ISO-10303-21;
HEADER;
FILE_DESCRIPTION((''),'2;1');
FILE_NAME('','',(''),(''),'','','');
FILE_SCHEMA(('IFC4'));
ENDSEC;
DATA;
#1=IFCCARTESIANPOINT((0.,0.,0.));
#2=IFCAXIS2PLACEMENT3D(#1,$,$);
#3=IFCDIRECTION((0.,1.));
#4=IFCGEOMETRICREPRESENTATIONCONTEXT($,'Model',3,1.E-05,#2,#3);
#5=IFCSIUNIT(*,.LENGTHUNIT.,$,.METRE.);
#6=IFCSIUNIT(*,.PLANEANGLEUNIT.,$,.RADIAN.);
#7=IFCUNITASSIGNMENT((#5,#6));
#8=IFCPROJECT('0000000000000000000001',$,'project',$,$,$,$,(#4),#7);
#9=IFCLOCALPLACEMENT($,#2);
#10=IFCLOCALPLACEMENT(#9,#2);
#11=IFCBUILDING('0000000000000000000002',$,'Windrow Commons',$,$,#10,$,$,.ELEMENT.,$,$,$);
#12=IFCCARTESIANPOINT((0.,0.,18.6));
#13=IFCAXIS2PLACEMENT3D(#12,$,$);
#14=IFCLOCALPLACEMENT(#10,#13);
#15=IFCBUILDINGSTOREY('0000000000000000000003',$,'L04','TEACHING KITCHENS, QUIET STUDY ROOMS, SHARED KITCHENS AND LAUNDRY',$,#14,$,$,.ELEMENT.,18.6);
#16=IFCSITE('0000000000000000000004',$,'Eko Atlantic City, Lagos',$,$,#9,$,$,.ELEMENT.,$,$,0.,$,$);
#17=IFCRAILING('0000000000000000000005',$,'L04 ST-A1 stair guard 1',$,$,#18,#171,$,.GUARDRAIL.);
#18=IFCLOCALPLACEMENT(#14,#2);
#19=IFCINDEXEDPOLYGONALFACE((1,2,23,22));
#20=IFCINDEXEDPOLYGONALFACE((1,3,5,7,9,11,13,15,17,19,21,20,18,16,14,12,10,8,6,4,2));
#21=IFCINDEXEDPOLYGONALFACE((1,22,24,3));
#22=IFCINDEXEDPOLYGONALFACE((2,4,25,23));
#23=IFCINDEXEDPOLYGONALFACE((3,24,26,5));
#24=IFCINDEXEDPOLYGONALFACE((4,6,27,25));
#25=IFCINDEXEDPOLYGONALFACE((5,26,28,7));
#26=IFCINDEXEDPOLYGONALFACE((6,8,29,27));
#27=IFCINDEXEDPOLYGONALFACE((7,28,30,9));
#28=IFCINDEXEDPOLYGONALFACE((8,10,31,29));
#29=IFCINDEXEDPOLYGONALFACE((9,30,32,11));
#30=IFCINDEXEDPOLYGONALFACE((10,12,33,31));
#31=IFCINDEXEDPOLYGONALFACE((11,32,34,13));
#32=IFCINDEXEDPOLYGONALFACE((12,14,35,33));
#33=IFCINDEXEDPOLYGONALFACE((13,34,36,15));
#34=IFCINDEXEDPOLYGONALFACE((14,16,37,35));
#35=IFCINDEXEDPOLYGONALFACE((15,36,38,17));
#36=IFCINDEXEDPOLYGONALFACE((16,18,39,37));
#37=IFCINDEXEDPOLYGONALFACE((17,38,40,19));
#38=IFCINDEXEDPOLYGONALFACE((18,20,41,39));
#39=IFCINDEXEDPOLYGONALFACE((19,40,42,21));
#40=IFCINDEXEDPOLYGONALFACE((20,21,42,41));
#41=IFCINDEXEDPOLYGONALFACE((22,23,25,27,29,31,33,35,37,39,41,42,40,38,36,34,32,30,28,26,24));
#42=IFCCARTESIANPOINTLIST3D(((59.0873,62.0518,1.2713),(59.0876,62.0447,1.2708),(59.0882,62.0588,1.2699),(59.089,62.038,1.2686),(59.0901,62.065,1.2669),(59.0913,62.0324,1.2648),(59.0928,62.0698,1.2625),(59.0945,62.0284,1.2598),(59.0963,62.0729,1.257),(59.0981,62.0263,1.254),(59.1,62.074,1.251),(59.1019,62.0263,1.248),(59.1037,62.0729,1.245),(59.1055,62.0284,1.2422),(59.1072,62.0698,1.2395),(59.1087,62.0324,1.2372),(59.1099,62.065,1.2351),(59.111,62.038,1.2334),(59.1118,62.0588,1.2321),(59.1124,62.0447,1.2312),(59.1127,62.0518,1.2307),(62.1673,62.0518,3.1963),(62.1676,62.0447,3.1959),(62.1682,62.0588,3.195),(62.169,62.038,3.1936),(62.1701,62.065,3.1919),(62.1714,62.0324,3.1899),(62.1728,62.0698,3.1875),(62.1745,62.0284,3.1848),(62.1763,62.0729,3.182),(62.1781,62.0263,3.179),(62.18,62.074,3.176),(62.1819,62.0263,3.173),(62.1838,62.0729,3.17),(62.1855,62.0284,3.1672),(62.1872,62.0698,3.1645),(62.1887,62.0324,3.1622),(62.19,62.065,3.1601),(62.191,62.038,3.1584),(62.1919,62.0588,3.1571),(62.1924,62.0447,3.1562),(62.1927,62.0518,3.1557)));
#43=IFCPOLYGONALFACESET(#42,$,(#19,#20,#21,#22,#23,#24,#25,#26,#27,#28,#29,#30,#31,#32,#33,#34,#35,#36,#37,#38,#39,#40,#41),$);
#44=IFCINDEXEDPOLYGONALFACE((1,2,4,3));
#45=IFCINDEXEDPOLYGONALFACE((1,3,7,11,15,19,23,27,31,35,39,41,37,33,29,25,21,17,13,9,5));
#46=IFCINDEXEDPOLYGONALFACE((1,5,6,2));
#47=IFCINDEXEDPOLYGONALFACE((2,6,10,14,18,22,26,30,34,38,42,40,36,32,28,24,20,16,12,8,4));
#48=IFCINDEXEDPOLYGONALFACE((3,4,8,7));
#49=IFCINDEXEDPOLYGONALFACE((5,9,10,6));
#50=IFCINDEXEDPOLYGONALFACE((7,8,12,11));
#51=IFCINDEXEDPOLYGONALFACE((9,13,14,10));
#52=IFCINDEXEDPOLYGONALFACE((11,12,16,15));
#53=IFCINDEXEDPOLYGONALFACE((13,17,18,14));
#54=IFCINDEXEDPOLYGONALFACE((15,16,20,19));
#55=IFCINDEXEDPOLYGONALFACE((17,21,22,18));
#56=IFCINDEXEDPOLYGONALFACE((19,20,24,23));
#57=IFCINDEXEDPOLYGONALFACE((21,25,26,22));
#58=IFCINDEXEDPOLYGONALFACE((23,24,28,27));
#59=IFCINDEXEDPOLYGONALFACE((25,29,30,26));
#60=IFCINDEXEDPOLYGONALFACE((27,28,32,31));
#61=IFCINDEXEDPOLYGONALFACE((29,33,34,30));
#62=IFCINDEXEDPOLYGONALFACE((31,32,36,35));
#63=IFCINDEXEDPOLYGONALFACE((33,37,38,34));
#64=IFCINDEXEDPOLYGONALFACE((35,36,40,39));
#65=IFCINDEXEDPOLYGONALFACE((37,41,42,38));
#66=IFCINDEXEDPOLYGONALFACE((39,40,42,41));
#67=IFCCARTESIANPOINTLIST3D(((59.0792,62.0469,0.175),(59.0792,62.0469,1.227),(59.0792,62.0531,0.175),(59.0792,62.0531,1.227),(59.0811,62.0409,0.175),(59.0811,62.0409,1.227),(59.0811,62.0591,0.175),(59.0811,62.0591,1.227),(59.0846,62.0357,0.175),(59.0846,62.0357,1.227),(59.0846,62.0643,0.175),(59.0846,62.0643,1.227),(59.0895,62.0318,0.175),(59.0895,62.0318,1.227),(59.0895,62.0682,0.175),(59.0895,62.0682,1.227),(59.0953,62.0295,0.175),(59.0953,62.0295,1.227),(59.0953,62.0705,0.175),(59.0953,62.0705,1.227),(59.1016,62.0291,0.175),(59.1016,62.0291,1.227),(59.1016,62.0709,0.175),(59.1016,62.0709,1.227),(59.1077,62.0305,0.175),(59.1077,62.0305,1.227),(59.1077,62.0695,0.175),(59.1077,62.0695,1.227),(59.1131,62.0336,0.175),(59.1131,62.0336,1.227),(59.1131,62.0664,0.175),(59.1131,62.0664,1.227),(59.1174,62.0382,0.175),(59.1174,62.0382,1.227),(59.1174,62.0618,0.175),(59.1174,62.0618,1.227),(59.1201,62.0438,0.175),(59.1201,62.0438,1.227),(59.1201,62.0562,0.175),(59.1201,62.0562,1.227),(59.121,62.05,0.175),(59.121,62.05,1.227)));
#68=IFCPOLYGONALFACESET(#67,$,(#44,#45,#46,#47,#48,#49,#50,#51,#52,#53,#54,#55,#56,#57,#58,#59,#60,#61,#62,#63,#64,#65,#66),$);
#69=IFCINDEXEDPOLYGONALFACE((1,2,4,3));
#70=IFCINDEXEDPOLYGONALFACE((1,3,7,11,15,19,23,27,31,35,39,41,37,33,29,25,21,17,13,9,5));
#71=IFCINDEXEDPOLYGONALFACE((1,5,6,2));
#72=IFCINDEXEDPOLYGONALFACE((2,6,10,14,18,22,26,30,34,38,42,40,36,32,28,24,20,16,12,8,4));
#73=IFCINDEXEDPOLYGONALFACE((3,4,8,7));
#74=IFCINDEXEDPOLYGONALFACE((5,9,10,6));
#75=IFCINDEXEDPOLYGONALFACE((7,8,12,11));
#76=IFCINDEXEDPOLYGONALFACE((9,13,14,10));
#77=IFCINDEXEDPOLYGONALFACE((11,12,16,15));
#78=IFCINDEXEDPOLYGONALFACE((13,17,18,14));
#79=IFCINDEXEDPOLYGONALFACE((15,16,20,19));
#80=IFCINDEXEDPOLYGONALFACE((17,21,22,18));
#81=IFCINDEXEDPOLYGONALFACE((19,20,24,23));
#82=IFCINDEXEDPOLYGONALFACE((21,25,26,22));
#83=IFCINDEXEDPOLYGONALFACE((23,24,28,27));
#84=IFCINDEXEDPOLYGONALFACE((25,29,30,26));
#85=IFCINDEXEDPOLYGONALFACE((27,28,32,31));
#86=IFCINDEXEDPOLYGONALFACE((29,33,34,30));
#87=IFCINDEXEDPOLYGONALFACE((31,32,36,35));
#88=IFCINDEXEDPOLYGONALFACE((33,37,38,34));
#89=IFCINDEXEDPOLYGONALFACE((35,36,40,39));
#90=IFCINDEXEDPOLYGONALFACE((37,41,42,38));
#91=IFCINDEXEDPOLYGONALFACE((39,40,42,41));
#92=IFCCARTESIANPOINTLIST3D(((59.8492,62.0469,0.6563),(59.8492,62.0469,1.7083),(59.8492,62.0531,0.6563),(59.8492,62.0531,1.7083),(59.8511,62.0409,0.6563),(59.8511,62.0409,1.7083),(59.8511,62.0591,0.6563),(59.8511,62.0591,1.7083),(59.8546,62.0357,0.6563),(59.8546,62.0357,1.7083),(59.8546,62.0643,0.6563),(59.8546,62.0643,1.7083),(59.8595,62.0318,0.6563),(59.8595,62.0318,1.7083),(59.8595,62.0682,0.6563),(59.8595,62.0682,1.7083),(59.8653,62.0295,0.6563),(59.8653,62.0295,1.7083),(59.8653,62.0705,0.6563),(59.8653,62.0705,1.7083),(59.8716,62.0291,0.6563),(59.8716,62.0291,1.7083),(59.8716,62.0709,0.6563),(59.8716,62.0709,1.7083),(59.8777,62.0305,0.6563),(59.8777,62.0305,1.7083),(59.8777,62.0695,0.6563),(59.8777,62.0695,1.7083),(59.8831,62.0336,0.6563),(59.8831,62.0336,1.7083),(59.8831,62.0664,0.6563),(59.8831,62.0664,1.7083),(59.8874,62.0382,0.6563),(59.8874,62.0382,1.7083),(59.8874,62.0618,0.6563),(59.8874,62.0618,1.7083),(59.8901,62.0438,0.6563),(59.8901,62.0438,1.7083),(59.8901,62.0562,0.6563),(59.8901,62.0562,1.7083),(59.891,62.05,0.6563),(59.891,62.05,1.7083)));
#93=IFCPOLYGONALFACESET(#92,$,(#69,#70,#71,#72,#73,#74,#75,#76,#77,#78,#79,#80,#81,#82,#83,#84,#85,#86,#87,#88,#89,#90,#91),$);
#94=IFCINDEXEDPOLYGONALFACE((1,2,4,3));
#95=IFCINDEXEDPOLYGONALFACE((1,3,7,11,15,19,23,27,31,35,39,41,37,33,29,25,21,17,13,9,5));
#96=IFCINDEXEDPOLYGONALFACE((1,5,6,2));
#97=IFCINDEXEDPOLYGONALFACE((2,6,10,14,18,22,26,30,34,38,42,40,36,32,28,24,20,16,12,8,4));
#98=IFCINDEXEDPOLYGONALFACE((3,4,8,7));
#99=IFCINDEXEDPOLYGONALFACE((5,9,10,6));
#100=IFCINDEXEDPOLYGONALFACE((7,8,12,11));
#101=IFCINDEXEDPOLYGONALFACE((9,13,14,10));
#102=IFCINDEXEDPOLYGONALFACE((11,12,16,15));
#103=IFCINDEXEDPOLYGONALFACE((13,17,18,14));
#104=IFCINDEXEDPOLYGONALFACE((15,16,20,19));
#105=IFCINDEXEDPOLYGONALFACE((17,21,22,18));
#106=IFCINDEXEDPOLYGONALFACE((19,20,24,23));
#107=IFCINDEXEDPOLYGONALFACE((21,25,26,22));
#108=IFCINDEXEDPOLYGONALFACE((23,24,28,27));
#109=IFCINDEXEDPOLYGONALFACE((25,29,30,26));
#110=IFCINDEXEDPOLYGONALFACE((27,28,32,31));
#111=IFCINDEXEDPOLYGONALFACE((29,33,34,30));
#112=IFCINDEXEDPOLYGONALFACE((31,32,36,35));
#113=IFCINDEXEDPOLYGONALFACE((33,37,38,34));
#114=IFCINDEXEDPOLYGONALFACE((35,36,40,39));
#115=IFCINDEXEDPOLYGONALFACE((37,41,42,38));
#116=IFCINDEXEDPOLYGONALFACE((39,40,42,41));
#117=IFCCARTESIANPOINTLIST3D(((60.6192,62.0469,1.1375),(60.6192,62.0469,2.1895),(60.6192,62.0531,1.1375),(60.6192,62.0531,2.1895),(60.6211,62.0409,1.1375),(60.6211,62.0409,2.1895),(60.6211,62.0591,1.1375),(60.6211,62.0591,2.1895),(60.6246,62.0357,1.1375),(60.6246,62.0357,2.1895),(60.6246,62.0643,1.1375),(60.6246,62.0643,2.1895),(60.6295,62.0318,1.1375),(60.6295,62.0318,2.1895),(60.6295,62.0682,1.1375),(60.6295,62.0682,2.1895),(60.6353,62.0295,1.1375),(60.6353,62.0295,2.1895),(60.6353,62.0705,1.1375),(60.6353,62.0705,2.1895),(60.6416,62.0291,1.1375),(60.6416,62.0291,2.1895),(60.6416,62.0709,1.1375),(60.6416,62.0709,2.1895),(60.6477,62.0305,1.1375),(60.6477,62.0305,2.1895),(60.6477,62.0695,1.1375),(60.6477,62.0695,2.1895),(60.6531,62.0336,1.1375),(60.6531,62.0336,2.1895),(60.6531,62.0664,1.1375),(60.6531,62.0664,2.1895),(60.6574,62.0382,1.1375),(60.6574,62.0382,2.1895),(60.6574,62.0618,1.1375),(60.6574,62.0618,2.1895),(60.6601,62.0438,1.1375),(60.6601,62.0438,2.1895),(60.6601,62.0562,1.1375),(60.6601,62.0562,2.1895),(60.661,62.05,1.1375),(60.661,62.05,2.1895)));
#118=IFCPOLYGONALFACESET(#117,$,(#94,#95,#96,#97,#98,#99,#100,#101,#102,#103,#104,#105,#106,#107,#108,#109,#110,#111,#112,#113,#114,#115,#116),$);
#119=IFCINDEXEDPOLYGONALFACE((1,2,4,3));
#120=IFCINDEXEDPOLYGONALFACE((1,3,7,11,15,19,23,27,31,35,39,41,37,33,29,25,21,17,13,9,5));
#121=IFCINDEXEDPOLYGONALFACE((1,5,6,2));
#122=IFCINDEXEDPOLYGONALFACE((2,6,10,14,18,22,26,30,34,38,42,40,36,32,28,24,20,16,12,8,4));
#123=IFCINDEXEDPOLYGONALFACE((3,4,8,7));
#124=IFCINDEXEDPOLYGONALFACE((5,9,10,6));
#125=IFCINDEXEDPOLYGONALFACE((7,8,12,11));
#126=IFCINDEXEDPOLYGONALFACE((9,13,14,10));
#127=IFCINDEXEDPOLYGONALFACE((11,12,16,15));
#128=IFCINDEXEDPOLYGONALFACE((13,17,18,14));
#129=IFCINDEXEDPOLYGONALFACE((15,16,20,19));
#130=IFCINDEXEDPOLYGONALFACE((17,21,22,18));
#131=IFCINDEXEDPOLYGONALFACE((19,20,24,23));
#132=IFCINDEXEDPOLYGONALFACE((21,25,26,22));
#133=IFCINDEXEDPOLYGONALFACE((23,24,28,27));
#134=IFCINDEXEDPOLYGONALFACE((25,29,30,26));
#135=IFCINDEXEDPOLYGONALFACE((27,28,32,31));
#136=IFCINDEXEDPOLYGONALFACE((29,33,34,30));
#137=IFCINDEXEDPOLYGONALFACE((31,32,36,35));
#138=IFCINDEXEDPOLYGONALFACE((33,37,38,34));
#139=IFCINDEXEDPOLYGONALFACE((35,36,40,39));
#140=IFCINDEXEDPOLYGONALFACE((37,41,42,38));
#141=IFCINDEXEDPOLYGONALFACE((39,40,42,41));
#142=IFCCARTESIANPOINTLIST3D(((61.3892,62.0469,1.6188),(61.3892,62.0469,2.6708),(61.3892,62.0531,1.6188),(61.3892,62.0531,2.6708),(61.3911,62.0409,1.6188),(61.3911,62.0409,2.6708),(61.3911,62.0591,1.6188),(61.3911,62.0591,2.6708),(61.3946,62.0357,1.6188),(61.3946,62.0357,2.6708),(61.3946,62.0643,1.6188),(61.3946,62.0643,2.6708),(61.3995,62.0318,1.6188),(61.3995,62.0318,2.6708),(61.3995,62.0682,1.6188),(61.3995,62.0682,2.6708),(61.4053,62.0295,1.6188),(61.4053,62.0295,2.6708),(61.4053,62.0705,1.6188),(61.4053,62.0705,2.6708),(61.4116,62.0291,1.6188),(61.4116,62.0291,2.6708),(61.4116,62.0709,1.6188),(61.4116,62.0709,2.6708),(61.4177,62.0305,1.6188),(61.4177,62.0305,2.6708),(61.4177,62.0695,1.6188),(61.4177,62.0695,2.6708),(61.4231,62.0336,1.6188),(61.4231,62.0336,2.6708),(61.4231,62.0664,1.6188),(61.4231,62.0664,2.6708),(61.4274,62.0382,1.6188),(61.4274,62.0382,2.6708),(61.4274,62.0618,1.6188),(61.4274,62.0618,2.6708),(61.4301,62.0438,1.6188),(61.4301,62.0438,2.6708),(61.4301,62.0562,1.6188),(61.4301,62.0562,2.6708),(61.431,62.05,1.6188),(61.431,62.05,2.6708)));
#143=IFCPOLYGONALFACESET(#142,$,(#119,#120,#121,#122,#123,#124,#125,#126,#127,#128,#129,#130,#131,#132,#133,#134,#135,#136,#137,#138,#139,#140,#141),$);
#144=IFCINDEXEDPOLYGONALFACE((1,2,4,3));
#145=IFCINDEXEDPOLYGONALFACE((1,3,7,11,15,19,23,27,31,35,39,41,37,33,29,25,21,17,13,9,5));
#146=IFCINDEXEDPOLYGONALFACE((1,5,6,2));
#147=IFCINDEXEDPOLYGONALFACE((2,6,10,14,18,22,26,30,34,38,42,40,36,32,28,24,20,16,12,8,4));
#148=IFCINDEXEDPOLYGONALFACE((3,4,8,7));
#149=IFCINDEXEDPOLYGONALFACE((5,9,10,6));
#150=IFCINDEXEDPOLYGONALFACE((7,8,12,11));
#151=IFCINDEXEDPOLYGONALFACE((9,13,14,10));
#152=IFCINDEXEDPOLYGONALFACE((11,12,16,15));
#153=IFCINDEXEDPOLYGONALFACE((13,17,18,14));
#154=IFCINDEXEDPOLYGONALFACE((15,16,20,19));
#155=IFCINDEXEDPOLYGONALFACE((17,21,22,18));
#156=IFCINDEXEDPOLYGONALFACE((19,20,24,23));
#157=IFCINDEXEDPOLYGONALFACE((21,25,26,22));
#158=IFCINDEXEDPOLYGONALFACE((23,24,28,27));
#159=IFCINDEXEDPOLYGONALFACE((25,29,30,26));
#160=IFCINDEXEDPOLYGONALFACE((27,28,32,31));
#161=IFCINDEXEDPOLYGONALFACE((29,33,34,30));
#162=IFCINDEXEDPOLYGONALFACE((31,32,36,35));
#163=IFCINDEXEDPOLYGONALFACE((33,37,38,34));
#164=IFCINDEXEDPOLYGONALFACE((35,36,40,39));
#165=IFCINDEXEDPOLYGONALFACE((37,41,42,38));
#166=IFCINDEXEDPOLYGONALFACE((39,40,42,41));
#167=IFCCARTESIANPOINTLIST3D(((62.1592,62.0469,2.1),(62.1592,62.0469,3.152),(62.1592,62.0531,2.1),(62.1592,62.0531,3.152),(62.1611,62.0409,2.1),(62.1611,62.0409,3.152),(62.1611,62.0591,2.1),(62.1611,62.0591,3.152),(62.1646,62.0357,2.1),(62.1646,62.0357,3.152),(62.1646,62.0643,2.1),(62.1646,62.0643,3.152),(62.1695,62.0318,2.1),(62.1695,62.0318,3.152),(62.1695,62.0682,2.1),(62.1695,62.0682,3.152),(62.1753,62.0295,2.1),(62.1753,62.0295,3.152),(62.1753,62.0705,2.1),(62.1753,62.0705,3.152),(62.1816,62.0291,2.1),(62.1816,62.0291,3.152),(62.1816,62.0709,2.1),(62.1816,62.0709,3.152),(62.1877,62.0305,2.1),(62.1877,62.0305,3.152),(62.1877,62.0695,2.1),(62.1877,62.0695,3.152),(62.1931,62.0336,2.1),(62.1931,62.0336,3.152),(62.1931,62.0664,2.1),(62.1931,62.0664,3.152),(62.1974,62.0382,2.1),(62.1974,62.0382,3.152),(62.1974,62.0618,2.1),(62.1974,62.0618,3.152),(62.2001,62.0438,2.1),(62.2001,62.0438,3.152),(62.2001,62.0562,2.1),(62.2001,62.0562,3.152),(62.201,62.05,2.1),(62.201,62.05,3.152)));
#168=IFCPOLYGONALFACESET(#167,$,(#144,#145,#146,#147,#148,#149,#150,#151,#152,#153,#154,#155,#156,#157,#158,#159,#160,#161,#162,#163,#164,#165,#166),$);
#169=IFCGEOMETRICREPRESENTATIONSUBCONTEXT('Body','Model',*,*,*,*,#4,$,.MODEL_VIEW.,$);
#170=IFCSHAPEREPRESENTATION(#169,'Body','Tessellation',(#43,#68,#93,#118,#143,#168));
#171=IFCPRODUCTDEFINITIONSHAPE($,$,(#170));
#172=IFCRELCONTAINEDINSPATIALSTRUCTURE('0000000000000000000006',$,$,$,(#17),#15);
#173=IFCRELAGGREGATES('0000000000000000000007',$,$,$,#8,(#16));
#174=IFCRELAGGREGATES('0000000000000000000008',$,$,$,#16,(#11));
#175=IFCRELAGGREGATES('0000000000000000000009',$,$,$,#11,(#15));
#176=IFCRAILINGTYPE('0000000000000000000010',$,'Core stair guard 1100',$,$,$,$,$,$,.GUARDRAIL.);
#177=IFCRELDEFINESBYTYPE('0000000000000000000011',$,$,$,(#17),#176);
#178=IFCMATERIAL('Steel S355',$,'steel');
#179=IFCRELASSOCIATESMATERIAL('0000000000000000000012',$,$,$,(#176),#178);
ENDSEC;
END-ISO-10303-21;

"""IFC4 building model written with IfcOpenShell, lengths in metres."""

from ifc_helpers import new_model, si_unit, direction, frame, origin, origin_2d, place, context, subcontext, project, spatial, circle, extrude, material, type_object, element, save


model = new_model("IFC4")

# Units and contexts
model_context = context("Model", 3, precision=1e-05, world=origin(), true_north=direction((0.0, 1.0)))
body_context = subcontext(model_context, "Body", "Model", "MODEL_VIEW")
ifc_project = project(units=[si_unit("LENGTHUNIT", "METRE"), si_unit("PLANEANGLEUNIT", "RADIAN")], contexts=[model_context])

# Site, building, storey
site_placement = place(None, origin())
site = spatial("IfcSite", under=ifc_project, at=site_placement, Name="Eko Atlantic City, Lagos", CompositionType="ELEMENT", RefElevation=0.0)
building_placement = place(site_placement, origin())
building = spatial("IfcBuilding", under=site, at=building_placement, Name="Windrow Commons", CompositionType="ELEMENT")
storey_placement = place(building_placement, frame((0.0, 0.0, 18.6)))
storey = spatial("IfcBuildingStorey", under=building, at=storey_placement, Name="L04", Description="TEACHING KITCHENS, QUIET STUDY ROOMS, SHARED KITCHENS AND LAUNDRY", CompositionType="ELEMENT", Elevation=18.6)

# Railing
ifc_material_1 = material(Name="Steel S355", Category="steel")
railing_type_1 = type_object("IfcRailingType", Name="Core stair guard 1100", PredefinedType="GUARDRAIL", material=ifc_material_1)
railing_1_placement = place(storey_placement, frame((59.1, 62.05, 0.175)))
element("IfcRailing", 1, at=railing_1_placement, inside=storey, type_object=railing_type_1, Name="L04 ST-A1 stair guard 1", PredefinedType="GUARDRAIL", context=body_context, shape_type="SweptSolid", body=[
    extrude(circle(Radius=0.024, at=origin_2d()), frame((0.0, 0.0, 1.076), z_axis=(0.847998, 0.0, 0.529999), x_axis=(0.0, 1.0, 0.0)), (0.0, 0.0, 1.0), 3.6321),
    extrude(circle(Radius=0.021, at=origin_2d()), origin(), (0.0, 0.0, 1.0), 1.052),
    extrude(circle(Radius=0.021, at=origin_2d()), frame((0.77, 0.0, 0.4813)), (0.0, 0.0, 1.0), 1.052),
    extrude(circle(Radius=0.021, at=origin_2d()), frame((1.54, 0.0, 0.9625)), (0.0, 0.0, 1.0), 1.052),
    extrude(circle(Radius=0.021, at=origin_2d()), frame((2.31, 0.0, 1.4438)), (0.0, 0.0, 1.0), 1.052),
    extrude(circle(Radius=0.021, at=origin_2d()), frame((3.08, 0.0, 1.925)), (0.0, 0.0, 1.0), 1.052),
])

save(model, "model.ifc")
